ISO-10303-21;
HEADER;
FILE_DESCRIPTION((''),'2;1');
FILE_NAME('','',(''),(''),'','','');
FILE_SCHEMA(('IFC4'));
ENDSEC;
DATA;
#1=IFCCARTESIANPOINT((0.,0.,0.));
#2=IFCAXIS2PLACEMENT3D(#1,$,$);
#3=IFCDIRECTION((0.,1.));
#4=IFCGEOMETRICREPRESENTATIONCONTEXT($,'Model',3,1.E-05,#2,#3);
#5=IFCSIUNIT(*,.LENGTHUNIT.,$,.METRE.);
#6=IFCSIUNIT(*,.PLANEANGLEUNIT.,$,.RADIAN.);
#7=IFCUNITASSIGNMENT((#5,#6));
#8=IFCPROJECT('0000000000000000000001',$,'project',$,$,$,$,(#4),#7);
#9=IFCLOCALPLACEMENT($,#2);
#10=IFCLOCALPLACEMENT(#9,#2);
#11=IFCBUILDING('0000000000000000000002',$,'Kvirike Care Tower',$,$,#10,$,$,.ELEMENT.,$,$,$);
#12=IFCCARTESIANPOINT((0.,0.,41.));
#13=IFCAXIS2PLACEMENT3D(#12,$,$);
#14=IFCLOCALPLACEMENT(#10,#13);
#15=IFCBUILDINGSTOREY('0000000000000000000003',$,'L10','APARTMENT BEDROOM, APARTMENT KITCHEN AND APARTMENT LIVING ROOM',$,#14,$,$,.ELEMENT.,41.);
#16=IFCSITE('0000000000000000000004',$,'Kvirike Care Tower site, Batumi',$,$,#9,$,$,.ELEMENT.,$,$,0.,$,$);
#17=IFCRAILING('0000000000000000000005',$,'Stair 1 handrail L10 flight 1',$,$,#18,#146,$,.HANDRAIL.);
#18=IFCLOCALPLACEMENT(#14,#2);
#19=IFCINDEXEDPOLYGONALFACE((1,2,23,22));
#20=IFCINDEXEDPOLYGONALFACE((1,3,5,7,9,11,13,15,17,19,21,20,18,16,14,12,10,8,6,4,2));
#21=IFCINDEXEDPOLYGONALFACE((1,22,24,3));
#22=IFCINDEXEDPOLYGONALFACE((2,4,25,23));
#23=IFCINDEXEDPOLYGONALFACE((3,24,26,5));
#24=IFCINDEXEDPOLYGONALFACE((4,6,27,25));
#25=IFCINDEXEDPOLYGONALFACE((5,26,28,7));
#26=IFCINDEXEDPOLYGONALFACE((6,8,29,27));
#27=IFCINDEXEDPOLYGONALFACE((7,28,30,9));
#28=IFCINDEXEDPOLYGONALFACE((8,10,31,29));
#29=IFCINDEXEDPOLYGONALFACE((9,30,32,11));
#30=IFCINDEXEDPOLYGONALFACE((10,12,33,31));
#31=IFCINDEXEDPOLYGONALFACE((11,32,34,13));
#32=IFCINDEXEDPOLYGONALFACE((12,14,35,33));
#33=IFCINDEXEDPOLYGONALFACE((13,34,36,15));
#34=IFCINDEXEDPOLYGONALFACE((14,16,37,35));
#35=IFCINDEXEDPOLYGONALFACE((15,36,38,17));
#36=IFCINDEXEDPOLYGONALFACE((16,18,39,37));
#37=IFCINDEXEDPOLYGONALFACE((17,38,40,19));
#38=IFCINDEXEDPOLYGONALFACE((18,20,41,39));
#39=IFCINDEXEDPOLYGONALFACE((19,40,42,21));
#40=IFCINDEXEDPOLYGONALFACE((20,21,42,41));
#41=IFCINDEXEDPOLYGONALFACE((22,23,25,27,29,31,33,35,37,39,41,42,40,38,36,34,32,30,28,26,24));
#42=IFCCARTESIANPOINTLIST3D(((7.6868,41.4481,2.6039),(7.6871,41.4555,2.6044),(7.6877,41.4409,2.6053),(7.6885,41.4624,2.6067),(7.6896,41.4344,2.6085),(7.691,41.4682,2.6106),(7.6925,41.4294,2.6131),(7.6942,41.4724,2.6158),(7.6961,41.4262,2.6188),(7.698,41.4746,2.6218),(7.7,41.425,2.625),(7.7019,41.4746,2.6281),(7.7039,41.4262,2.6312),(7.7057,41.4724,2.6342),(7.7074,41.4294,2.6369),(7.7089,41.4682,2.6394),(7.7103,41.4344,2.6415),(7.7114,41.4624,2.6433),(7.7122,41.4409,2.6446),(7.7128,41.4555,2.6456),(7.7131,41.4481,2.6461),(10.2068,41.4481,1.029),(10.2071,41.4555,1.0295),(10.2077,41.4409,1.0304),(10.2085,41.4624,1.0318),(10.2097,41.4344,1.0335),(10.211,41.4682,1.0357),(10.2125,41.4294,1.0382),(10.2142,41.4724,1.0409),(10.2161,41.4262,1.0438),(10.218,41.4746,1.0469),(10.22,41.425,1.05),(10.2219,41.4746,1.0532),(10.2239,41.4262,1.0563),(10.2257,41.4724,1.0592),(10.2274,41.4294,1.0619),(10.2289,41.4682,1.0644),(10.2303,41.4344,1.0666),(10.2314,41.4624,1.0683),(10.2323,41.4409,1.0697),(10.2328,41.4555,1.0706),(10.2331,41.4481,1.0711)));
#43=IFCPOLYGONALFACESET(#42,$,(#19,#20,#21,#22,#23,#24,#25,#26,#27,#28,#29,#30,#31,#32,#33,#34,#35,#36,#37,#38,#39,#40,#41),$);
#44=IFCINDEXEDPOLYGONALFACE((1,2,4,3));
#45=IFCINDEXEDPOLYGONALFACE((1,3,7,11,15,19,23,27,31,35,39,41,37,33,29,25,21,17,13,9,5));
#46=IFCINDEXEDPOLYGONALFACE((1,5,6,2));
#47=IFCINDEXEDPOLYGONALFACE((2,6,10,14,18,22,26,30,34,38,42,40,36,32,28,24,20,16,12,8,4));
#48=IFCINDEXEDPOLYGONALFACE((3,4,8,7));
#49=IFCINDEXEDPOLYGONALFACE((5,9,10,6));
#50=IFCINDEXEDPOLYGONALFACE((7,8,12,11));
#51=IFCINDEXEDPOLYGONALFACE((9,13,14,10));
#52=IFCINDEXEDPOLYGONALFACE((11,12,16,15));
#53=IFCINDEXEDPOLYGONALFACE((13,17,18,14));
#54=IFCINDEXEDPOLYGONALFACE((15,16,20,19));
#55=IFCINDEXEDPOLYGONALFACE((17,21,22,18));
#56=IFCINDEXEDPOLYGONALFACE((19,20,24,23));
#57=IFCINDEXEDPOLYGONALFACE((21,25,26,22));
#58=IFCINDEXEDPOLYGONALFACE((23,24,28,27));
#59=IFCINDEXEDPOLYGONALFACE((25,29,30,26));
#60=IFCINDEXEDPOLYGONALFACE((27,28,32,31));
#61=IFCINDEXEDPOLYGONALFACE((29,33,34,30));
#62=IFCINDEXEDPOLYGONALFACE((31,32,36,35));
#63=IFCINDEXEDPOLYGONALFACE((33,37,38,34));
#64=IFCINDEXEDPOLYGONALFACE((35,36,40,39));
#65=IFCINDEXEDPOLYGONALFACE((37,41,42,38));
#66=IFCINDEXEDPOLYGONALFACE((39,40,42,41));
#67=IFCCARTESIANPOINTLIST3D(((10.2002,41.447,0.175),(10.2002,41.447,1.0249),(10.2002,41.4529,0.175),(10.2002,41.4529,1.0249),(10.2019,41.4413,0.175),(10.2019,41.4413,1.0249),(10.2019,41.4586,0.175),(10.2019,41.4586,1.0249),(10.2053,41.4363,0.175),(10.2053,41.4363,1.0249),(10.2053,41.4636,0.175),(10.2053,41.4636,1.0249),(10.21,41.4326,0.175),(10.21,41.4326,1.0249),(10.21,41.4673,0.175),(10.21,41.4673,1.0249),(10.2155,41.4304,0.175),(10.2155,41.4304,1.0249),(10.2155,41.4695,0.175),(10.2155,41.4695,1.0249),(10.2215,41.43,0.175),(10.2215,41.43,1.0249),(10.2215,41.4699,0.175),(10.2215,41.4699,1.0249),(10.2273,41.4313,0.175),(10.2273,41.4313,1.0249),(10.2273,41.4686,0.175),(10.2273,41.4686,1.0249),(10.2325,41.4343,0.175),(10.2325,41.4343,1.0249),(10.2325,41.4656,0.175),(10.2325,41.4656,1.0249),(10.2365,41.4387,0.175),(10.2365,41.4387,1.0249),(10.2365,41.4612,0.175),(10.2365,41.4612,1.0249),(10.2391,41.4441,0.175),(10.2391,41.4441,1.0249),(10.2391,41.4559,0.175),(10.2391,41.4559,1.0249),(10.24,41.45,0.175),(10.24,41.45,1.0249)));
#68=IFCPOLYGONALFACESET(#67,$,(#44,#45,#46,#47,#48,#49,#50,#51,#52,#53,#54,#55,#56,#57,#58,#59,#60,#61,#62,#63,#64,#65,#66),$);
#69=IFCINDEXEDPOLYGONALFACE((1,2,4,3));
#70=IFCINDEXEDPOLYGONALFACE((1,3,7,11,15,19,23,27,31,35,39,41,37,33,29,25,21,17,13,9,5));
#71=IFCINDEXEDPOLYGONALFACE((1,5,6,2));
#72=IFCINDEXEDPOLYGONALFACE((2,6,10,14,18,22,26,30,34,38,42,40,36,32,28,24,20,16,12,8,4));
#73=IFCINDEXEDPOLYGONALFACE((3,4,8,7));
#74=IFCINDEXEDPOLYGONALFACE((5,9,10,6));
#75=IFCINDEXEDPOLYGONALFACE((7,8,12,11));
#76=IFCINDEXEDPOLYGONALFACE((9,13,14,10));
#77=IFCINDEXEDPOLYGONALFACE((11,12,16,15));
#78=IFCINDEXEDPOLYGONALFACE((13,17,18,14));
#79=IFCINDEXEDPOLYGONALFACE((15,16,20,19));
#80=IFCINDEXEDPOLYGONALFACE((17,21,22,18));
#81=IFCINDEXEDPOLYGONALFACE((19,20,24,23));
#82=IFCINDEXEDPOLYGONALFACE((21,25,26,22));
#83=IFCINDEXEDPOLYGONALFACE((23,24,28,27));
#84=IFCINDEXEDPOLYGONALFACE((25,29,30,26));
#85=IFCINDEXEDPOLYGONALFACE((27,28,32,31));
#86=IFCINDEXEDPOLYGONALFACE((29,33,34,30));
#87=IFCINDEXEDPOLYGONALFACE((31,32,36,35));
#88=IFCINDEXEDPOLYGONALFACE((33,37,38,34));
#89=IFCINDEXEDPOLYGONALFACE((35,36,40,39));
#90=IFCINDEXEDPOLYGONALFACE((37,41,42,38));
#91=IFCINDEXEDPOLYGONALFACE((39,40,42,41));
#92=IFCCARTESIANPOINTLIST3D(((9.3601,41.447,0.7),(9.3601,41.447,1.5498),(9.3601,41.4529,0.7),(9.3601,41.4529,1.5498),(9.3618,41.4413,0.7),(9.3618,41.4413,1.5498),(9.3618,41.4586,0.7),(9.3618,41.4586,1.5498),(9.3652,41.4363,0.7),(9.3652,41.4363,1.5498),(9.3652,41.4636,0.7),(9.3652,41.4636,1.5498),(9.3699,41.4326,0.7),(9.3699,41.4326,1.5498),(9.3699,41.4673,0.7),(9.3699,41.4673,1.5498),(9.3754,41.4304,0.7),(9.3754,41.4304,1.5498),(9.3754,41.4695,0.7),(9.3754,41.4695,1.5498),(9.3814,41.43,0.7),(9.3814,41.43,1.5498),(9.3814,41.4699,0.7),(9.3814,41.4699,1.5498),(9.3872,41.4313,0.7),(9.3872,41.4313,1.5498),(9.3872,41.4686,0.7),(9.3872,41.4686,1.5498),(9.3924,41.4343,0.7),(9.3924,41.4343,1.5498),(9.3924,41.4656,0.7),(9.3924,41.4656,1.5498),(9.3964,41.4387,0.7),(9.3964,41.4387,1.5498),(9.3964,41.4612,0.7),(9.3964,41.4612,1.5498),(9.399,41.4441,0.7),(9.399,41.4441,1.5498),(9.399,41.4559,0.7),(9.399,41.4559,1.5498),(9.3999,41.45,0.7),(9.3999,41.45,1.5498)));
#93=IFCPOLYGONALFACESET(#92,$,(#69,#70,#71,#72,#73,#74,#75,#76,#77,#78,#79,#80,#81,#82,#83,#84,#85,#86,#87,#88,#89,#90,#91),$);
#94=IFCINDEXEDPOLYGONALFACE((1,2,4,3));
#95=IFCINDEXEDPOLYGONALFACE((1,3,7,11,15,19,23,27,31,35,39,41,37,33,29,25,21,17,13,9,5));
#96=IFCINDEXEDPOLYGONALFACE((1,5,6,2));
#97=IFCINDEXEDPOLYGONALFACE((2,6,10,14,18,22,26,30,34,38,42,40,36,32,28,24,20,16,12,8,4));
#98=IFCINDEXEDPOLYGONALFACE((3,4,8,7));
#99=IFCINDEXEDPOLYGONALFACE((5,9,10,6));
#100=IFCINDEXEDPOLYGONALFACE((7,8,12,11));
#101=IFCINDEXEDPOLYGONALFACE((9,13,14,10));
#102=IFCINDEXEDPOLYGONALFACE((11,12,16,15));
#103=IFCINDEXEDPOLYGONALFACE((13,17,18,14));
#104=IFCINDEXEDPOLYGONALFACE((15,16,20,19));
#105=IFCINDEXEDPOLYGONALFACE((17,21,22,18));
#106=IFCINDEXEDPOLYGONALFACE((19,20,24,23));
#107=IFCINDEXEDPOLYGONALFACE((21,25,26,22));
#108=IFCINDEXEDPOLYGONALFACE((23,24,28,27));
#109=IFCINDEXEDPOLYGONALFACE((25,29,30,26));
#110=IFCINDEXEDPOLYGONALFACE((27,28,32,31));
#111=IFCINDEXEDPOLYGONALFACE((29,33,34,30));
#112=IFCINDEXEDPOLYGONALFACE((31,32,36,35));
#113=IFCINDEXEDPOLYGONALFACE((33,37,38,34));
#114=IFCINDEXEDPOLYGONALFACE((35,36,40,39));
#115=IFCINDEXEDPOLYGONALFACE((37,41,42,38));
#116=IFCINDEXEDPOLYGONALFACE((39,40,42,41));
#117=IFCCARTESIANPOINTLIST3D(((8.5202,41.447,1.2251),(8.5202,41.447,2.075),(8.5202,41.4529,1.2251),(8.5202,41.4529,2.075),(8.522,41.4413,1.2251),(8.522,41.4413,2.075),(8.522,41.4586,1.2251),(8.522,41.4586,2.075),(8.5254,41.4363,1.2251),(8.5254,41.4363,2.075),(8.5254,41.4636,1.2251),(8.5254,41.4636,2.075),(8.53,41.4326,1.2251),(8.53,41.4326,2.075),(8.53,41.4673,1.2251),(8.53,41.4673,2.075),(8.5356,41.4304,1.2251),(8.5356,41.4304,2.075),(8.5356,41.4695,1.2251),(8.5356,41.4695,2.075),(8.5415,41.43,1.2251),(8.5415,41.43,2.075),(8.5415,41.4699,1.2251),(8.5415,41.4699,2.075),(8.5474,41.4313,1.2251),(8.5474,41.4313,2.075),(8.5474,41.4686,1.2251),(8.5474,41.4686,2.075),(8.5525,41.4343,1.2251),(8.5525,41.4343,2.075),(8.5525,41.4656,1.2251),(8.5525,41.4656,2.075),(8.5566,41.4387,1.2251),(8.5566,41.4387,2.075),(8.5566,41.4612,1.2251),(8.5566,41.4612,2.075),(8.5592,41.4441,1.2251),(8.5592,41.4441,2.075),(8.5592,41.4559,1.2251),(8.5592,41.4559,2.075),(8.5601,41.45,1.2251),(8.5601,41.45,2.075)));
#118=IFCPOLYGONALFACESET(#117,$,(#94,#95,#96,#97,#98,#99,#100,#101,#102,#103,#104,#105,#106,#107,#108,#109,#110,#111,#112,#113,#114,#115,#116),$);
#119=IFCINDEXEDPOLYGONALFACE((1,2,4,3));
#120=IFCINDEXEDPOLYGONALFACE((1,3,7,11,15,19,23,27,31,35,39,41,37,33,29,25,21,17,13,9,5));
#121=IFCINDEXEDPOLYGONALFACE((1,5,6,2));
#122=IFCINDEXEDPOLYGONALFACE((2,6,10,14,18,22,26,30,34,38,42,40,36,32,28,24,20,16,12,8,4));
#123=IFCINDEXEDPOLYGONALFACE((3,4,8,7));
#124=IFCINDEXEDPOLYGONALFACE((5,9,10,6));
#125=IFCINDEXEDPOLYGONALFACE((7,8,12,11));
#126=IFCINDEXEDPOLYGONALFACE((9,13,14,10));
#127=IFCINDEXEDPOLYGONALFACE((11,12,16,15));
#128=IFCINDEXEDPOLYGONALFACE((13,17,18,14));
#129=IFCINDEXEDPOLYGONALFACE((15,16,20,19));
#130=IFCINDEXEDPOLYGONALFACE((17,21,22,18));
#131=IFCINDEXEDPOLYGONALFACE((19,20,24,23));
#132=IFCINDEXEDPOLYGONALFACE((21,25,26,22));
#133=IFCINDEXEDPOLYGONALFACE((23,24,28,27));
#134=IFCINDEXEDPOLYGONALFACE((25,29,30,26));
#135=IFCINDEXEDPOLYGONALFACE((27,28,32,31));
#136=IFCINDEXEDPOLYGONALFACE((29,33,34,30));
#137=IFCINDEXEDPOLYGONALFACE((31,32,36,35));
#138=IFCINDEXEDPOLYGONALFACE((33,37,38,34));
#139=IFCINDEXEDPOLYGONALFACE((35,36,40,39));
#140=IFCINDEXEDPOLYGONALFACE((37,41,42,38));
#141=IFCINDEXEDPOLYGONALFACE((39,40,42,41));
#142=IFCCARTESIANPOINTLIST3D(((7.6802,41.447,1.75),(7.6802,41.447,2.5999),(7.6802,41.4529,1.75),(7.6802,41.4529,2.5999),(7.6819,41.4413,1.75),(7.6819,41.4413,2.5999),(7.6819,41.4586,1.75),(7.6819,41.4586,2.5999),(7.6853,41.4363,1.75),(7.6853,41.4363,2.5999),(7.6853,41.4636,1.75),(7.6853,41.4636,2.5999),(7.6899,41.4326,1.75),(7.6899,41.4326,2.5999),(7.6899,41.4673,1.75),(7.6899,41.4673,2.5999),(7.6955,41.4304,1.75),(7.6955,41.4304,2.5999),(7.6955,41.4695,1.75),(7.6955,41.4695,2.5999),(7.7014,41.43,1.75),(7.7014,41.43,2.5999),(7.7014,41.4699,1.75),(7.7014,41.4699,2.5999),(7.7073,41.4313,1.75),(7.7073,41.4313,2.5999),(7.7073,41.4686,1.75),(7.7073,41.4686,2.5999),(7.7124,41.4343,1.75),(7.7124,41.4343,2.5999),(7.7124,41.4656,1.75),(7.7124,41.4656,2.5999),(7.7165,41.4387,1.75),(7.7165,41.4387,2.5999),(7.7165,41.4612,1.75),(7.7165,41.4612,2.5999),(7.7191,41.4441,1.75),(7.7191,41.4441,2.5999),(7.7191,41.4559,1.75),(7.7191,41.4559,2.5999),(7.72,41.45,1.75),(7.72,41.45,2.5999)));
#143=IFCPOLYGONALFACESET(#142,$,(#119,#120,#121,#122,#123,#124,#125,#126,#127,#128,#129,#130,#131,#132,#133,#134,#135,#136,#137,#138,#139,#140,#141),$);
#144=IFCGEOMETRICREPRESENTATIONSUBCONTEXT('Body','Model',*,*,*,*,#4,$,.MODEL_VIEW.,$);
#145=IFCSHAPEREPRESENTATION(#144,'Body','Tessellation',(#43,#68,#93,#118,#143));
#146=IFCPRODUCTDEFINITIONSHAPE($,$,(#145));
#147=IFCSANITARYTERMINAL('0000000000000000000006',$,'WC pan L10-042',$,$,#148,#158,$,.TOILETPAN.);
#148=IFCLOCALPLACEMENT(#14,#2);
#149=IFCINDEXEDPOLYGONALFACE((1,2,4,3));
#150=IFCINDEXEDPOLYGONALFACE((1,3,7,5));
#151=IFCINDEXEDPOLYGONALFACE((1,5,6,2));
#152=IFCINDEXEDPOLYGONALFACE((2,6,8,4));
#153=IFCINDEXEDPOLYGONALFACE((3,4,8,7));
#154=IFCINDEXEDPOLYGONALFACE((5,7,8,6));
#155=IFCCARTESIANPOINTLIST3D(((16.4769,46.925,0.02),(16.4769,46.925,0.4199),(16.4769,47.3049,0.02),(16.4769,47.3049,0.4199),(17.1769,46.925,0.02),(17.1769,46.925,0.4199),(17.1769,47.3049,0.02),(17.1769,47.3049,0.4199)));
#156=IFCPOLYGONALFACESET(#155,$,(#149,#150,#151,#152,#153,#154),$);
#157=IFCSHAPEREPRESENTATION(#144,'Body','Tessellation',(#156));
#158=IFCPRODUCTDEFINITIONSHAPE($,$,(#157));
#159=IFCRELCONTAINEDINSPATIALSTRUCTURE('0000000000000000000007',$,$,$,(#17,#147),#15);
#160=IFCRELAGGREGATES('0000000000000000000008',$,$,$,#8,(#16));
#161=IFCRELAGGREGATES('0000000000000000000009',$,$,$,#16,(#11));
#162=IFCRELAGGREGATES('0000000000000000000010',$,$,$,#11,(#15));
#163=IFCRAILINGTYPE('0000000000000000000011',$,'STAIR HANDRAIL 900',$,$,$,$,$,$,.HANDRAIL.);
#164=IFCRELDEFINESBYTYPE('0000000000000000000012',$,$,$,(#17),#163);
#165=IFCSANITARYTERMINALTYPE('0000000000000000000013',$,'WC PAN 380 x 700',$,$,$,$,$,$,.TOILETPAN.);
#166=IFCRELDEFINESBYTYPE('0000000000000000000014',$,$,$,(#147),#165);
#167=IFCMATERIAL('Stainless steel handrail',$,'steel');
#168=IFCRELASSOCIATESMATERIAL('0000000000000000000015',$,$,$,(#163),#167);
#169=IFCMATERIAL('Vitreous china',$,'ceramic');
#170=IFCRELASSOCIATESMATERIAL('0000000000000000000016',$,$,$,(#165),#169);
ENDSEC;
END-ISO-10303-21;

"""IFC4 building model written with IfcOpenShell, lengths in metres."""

from ifc_helpers import new_model, si_unit, direction, frame, origin, origin_2d, place, context, subcontext, project, spatial, rectangle, circle, extrude, material, type_object, element, save


model = new_model("IFC4")

# Units and contexts
model_context = context("Model", 3, precision=1e-05, world=origin(), true_north=direction((0.0, 1.0)))
body_context = subcontext(model_context, "Body", "Model", "MODEL_VIEW")
ifc_project = project(units=[si_unit("LENGTHUNIT", "METRE"), si_unit("PLANEANGLEUNIT", "RADIAN")], contexts=[model_context])

# Site, building, storey
site_placement = place(None, origin())
site = spatial("IfcSite", under=ifc_project, at=site_placement, Name="Kvirike Care Tower site, Batumi", CompositionType="ELEMENT", RefElevation=0.0)
building_placement = place(site_placement, origin())
building = spatial("IfcBuilding", under=site, at=building_placement, Name="Kvirike Care Tower", CompositionType="ELEMENT")
storey_placement = place(building_placement, frame((0.0, 0.0, 41.0)))
storey = spatial("IfcBuildingStorey", under=building, at=storey_placement, Name="L10", Description="APARTMENT BEDROOM, APARTMENT KITCHEN AND APARTMENT LIVING ROOM", CompositionType="ELEMENT", Elevation=41.0)

# Railing
ifc_material_1 = material(Name="Stainless steel handrail", Category="steel")
railing_type = type_object("IfcRailingType", Name="STAIR HANDRAIL 900", PredefinedType="HANDRAIL", material=ifc_material_1)
railing_placement = place(storey_placement, frame((10.22, 41.45, 0.175)))
element("IfcRailing", 1, at=railing_placement, inside=storey, type_object=railing_type, Name="Stair 1 handrail L10 flight 1", PredefinedType="HANDRAIL", context=body_context, shape_type="SweptSolid", body=[
    extrude(circle(Radius=0.0249, at=origin_2d()), frame((0.0, 0.0, 0.875), z_axis=(-0.848008, 0.0, 0.529984), x_axis=(0.0, -1.0, 0.0)), (0.0, 0.0, 1.0), 2.9717),
    extrude(circle(Radius=0.02, at=origin_2d()), origin(), (0.0, 0.0, 1.0), 0.8499),
    extrude(circle(Radius=0.02, at=origin_2d()), frame((-0.8401, 0.0, 0.5249)), (0.0, 0.0, 1.0), 0.8499),
    extrude(circle(Radius=0.02, at=origin_2d()), frame((-1.6799, 0.0, 1.05)), (0.0, 0.0, 1.0), 0.8499),
    extrude(circle(Radius=0.02, at=origin_2d()), frame((-2.52, 0.0, 1.575)), (0.0, 0.0, 1.0), 0.8499),
])

# Sanitary terminal
ifc_material_2 = material(Name="Vitreous china", Category="ceramic")
sanitary_terminal_type = type_object("IfcSanitaryTerminalType", Name="WC PAN 380 x 700", PredefinedType="TOILETPAN", material=ifc_material_2)
sanitary_terminal_placement = place(storey_placement, frame((16.8269, 47.115, 0.02), z_axis=(0.0, 0.0, 1.0), x_axis=(0.0, 1.0, 0.0)))
element("IfcSanitaryTerminal", 2, at=sanitary_terminal_placement, inside=storey, type_object=sanitary_terminal_type, Name="WC pan L10-042", PredefinedType="TOILETPAN", context=body_context, shape_type="SweptSolid", body=[
    extrude(rectangle(XDim=0.3799, YDim=0.7, at=origin_2d()), origin(), (0.0, 0.0, 1.0), 0.3999),
])

save(model, "model.ifc")
